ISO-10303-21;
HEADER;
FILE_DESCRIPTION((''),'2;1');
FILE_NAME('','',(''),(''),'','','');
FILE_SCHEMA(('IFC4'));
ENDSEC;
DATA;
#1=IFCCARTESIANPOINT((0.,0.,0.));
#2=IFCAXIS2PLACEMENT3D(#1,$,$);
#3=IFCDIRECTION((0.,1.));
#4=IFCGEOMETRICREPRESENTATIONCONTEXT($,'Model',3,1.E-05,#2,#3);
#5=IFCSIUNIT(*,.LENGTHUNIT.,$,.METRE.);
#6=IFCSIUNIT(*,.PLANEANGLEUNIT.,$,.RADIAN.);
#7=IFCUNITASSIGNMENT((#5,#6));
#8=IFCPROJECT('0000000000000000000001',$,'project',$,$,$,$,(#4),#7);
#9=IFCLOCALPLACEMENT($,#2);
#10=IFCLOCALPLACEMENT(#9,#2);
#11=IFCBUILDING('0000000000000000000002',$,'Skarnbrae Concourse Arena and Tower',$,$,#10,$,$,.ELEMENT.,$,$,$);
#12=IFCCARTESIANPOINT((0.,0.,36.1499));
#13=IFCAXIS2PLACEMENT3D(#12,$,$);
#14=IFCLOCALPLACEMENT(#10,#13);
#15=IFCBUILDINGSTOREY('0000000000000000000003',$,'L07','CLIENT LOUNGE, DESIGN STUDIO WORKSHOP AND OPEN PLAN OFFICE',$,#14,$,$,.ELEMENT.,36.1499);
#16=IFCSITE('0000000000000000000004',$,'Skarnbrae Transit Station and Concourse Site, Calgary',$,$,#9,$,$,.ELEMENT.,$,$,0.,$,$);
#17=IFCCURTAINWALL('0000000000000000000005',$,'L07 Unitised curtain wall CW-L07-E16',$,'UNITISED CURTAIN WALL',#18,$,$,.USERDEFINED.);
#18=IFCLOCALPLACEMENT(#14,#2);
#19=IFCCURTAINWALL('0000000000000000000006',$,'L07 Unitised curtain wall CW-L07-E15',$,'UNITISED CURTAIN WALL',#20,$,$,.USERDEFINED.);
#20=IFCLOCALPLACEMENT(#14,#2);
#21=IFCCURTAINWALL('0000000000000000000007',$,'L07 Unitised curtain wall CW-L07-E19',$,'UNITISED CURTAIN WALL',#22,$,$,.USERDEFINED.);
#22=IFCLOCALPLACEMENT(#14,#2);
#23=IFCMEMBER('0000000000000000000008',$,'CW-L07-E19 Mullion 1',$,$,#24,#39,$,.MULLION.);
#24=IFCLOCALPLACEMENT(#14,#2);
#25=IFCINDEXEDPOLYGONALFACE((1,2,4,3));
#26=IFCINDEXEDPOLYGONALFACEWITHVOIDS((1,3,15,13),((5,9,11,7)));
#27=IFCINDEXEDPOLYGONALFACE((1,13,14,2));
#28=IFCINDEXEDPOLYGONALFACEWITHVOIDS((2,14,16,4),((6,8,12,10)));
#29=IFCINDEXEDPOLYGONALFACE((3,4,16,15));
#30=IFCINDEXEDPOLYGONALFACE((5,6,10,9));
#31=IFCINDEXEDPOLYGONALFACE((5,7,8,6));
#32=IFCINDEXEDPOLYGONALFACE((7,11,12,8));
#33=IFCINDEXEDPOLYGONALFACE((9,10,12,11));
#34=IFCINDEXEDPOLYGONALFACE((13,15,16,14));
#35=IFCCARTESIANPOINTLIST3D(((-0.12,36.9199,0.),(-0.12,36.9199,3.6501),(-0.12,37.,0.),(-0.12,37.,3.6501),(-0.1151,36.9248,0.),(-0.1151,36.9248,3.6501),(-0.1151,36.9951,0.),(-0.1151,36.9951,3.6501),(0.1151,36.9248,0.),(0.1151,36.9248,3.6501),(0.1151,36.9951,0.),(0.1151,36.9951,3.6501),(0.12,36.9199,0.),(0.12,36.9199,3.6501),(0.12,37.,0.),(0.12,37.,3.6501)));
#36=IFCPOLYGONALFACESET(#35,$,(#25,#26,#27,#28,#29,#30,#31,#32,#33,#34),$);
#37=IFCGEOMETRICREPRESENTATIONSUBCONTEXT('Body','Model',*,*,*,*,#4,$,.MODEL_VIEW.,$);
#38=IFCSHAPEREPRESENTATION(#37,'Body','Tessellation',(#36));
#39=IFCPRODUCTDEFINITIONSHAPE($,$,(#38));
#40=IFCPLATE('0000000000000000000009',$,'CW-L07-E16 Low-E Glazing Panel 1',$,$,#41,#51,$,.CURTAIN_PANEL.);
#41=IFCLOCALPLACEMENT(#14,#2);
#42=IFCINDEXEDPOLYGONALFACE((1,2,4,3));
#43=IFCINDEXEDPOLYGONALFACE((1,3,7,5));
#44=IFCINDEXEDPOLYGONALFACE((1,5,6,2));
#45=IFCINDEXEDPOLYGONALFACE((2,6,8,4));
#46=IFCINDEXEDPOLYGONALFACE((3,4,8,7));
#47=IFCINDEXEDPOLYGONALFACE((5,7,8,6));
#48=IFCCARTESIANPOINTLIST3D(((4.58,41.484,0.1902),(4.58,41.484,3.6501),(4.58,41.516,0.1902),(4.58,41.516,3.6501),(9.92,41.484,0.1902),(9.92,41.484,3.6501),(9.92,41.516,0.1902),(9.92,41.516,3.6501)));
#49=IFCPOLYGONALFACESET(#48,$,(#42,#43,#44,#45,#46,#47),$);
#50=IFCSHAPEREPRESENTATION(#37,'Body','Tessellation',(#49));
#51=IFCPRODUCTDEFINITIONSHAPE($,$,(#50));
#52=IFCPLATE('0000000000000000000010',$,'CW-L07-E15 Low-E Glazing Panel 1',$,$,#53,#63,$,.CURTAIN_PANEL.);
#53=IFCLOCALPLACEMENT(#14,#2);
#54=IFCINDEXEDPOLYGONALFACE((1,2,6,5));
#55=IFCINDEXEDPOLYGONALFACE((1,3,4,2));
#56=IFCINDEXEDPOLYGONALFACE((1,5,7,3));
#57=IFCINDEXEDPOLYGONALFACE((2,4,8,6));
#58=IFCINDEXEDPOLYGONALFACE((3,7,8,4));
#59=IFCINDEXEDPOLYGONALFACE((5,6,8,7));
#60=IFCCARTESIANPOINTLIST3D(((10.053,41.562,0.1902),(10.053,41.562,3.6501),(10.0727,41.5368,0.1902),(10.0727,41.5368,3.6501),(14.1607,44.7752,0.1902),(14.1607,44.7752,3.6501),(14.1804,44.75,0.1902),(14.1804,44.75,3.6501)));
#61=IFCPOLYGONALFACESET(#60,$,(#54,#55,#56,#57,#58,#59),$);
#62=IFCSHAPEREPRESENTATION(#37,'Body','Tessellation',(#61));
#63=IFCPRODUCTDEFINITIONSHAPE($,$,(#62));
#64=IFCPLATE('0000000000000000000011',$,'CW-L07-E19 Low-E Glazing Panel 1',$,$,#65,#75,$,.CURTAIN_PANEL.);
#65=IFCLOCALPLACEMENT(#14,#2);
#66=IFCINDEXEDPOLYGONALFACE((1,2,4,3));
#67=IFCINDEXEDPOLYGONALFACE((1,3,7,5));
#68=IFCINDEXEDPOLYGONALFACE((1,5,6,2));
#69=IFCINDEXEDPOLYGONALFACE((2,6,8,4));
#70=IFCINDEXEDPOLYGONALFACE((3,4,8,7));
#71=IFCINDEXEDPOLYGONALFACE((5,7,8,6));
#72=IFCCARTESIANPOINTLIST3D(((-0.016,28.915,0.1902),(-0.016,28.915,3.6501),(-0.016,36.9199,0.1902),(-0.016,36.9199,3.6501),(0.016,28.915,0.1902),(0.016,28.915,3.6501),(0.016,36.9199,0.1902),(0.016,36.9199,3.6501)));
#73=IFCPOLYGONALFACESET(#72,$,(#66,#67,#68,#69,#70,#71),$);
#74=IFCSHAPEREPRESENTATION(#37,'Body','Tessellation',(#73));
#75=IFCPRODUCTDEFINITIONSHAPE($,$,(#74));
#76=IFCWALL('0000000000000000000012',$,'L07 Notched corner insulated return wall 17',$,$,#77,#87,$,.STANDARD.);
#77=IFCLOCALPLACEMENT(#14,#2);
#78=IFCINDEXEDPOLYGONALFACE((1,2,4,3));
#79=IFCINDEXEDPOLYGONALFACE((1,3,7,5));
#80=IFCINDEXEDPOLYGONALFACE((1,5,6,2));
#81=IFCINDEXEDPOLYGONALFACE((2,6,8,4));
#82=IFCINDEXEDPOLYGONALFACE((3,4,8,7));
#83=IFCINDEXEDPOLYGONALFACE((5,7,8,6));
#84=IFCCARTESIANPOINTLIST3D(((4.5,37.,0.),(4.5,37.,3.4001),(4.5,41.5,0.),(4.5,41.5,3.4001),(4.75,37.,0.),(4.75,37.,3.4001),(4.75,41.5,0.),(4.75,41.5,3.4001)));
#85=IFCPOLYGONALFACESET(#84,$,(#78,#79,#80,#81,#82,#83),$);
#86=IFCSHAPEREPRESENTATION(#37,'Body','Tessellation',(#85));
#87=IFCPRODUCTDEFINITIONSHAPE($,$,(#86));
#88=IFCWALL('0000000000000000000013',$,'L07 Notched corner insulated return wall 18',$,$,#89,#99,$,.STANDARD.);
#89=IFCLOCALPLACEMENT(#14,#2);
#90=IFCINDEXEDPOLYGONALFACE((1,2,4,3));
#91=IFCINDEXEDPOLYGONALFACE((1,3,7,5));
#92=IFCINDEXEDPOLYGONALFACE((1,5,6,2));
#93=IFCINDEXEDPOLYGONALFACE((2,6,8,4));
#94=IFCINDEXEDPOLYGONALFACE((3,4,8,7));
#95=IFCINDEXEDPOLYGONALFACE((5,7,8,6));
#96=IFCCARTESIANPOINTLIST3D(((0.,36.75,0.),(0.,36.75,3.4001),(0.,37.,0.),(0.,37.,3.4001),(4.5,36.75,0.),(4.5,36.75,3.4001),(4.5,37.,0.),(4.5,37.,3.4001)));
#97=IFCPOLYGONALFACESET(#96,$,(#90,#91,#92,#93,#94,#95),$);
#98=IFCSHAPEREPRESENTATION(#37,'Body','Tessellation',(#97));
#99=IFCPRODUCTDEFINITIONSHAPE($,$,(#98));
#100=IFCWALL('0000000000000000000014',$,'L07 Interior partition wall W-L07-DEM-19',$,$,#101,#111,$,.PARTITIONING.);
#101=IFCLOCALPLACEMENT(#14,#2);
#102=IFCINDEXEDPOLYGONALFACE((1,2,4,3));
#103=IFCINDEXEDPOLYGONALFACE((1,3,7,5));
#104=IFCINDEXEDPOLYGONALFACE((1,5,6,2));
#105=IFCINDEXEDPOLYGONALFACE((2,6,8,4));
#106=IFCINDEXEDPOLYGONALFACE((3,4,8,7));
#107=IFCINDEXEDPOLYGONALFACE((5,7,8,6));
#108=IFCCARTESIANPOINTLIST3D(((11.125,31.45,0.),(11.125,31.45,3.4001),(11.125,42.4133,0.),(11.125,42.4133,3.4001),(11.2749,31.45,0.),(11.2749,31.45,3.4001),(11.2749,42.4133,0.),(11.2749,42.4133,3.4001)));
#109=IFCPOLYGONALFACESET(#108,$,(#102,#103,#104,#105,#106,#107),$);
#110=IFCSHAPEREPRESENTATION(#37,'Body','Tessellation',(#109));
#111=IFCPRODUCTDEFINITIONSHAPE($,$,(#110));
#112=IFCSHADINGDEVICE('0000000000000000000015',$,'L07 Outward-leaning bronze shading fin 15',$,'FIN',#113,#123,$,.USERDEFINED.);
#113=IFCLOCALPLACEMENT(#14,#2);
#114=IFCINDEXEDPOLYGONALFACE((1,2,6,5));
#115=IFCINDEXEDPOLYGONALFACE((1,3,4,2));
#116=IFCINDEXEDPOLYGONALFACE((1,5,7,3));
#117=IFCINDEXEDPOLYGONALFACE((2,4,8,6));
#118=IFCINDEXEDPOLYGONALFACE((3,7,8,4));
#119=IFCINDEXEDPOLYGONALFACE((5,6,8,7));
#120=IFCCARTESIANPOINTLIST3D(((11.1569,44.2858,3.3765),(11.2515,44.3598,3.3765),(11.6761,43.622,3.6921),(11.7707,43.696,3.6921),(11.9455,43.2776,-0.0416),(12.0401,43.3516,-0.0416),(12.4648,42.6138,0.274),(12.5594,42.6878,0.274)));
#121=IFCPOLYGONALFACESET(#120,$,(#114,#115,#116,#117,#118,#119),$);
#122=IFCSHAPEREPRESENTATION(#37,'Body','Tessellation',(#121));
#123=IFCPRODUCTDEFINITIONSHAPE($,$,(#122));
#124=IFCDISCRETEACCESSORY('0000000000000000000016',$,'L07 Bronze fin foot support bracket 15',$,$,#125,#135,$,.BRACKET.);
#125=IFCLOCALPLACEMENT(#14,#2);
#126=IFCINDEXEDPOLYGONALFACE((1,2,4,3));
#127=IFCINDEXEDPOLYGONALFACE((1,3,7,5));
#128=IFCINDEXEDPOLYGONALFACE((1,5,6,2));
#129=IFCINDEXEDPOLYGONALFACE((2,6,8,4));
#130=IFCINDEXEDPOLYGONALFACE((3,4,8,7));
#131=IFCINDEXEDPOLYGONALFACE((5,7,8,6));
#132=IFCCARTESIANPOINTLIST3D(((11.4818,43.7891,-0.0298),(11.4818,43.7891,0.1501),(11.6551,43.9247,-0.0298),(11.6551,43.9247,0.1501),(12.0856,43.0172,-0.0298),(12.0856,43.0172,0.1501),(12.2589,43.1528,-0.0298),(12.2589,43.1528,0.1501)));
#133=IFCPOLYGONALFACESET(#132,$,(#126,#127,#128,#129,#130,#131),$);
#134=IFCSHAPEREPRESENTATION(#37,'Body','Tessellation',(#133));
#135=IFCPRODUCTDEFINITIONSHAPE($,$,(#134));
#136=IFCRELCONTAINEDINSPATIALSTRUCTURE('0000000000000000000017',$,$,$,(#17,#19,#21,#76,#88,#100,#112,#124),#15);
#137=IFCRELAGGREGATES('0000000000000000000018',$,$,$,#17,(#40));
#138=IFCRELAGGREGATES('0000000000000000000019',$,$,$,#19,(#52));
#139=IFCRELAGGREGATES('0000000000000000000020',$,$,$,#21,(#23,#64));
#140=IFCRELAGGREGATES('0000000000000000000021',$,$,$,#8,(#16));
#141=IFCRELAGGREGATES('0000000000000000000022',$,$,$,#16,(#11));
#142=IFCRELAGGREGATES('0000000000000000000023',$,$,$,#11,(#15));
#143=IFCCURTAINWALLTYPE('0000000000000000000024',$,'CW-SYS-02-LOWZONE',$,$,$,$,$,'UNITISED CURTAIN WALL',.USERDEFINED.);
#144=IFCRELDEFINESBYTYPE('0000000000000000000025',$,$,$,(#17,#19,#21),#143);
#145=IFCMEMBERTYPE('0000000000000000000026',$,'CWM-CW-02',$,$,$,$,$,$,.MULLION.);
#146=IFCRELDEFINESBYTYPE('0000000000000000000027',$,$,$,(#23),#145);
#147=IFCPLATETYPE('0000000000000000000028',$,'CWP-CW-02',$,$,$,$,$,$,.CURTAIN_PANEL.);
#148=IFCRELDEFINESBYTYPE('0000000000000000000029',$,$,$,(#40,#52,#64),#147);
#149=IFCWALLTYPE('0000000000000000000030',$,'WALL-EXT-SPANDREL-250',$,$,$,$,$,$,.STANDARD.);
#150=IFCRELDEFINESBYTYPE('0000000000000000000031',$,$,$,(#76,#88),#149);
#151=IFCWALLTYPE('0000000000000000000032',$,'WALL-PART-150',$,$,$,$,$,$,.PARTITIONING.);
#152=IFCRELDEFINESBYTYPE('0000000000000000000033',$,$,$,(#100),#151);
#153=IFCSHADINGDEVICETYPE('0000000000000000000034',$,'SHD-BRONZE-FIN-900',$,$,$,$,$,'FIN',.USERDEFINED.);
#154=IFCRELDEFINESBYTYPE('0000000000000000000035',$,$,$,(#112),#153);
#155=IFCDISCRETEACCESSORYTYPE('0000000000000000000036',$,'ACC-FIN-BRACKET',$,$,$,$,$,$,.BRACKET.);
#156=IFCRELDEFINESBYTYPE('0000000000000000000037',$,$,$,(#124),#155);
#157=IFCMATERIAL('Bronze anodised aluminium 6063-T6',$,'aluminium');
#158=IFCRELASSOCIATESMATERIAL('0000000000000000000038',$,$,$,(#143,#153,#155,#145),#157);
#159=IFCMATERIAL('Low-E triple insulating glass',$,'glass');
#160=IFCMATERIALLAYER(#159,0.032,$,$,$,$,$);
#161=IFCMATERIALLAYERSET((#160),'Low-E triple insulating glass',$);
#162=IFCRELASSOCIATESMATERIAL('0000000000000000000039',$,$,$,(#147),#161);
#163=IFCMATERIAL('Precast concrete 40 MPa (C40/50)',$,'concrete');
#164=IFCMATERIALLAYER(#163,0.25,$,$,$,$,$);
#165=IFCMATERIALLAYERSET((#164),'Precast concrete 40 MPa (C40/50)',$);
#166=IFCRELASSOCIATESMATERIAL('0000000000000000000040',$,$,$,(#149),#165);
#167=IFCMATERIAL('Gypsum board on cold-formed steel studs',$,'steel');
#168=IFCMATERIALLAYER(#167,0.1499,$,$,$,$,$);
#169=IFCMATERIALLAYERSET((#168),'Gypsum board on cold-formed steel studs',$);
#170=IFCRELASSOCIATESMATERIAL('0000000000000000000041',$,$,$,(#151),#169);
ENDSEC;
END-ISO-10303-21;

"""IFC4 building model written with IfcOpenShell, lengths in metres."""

from ifc_helpers import new_model, si_unit, direction, frame, frame_2d, origin, origin_2d, place, context, subcontext, project, spatial, rectangle, hollow_rectangle, extrude, source, transform, mapped, material, layer, layer_set, material_profile, profile_set, type_object, element, aggregate, save


model = new_model("IFC4")

# Units and contexts
model_context = context("Model", 3, precision=1e-05, world=origin(), true_north=direction((0.0, 1.0)))
body_context = subcontext(model_context, "Body", "Model", "MODEL_VIEW")
ifc_project = project(units=[si_unit("LENGTHUNIT", "METRE"), si_unit("PLANEANGLEUNIT", "RADIAN")], contexts=[model_context])

# Site, building, storey
site_placement = place(None, origin())
site = spatial("IfcSite", under=ifc_project, at=site_placement, Name="Skarnbrae Transit Station and Concourse Site, Calgary", CompositionType="ELEMENT", RefElevation=0.0)
building_placement = place(site_placement, origin())
building = spatial("IfcBuilding", under=site, at=building_placement, Name="Skarnbrae Concourse Arena and Tower", CompositionType="ELEMENT")
storey_placement = place(building_placement, frame((0.0, 0.0, 36.1499)))
storey = spatial("IfcBuildingStorey", under=building, at=storey_placement, Name="L07", Description="CLIENT LOUNGE, DESIGN STUDIO WORKSHOP AND OPEN PLAN OFFICE", CompositionType="ELEMENT", Elevation=36.1499)

# Curtain walls
ifc_material_1 = material(Name="Bronze anodised aluminium 6063-T6", Category="aluminium")
curtain_wall_type = type_object("IfcCurtainWallType", Name="CW-SYS-02-LOWZONE", ElementType="UNITISED CURTAIN WALL", PredefinedType="USERDEFINED", material=ifc_material_1)
curtain_wall_1_placement = place(storey_placement, origin())
curtain_wall_1 = element("IfcCurtainWall", 1, at=curtain_wall_1_placement, inside=storey, type_object=curtain_wall_type, Name="L07 Unitised curtain wall CW-L07-E16", ObjectType="UNITISED CURTAIN WALL", PredefinedType="USERDEFINED")
curtain_wall_2_placement = place(storey_placement, origin())
curtain_wall_2 = element("IfcCurtainWall", 2, at=curtain_wall_2_placement, inside=storey, type_object=curtain_wall_type, Name="L07 Unitised curtain wall CW-L07-E15", ObjectType="UNITISED CURTAIN WALL", PredefinedType="USERDEFINED")
curtain_wall_3_placement = place(storey_placement, origin())
curtain_wall_3 = element("IfcCurtainWall", 3, at=curtain_wall_3_placement, inside=storey, type_object=curtain_wall_type, Name="L07 Unitised curtain wall CW-L07-E19", ObjectType="UNITISED CURTAIN WALL", PredefinedType="USERDEFINED")
ifc_material_profile_1 = material_profile(ifc_material_1, hollow_rectangle(XDim=0.0801, YDim=0.24, WallThickness=0.0049, at=origin_2d()), Name="ALU-MULL-80X240")
ifc_profile_set_1 = profile_set([ifc_material_profile_1], Name="Bronze anodised aluminium 6063-T6")
member_type_1 = type_object("IfcMemberType", Name="CWM-CW-02", PredefinedType="MULLION", material=ifc_profile_set_1)
shared_shape_1 = source(origin(), body_context, "Body", "SweptSolid", [
    extrude(hollow_rectangle(XDim=0.0801, YDim=0.24, WallThickness=0.0049, at=origin_2d()), origin(), (0.0, 0.0, 1.0), 3.6501),
])

# Member
member_1_placement = place(storey_placement, frame((0.0, 36.96, 0.0), z_axis=(0.0, 0.0, 1.0), x_axis=(0.0, -1.0, 0.0)))
member_1 = element("IfcMember", 4, at=member_1_placement, type_object=member_type_1, Name="CW-L07-E19 Mullion 1", PredefinedType="MULLION", context=body_context, shape_type="MappedRepresentation", body=[
    mapped(shared_shape_1, transform((0.0, 0.0, 0.0))),
])

# Plates
ifc_material_2 = material(Name="Low-E triple insulating glass", Category="glass")
ifc_layer_1 = layer(ifc_material_2, 0.032)
ifc_layer_set_1 = layer_set([ifc_layer_1], Name="Low-E triple insulating glass")
plate_type = type_object("IfcPlateType", Name="CWP-CW-02", PredefinedType="CURTAIN_PANEL", material=ifc_layer_set_1)
shared_shape_2 = source(origin(), body_context, "Body", "SweptSolid", [
    extrude(rectangle(XDim=5.3401, YDim=0.032, at=origin_2d()), origin(), (0.0, 0.0, 1.0), 3.46),
])
plate_1_placement = place(storey_placement, frame((7.25, 41.5, 0.1902), z_axis=(0.0, 0.0, 1.0), x_axis=(-1.0, 0.0, 0.0)))
plate_1 = element("IfcPlate", 5, at=plate_1_placement, type_object=plate_type, Name="CW-L07-E16 Low-E Glazing Panel 1", PredefinedType="CURTAIN_PANEL", context=body_context, shape_type="MappedRepresentation", body=[
    mapped(shared_shape_2, transform((0.0, 0.0, 0.0))),
])
aggregate(curtain_wall_1, [plate_1])
shared_shape_3 = source(origin(), body_context, "Body", "SweptSolid", [
    extrude(rectangle(XDim=5.2151, YDim=0.032, at=origin_2d()), origin(), (0.0, 0.0, 1.0), 3.46),
])
plate_2_placement = place(storey_placement, frame((12.1167, 43.156, 0.1902), z_axis=(0.0, 0.0, 1.0), x_axis=(-0.787652, -0.616121, 0.0)))
plate_2 = element("IfcPlate", 6, at=plate_2_placement, type_object=plate_type, Name="CW-L07-E15 Low-E Glazing Panel 1", PredefinedType="CURTAIN_PANEL", context=body_context, shape_type="MappedRepresentation", body=[
    mapped(shared_shape_3, transform((0.0, 0.0, 0.0))),
])
aggregate(curtain_wall_2, [plate_2])
shared_shape_4 = source(origin(), body_context, "Body", "SweptSolid", [
    extrude(rectangle(XDim=8.0049, YDim=0.032, at=origin_2d()), origin(), (0.0, 0.0, 1.0), 3.46),
])
plate_3_placement = place(storey_placement, frame((0.0, 32.9175, 0.1902), z_axis=(0.0, 0.0, 1.0), x_axis=(0.0, -1.0, 0.0)))
plate_3 = element("IfcPlate", 7, at=plate_3_placement, type_object=plate_type, Name="CW-L07-E19 Low-E Glazing Panel 1", PredefinedType="CURTAIN_PANEL", context=body_context, shape_type="MappedRepresentation", body=[
    mapped(shared_shape_4, transform((0.0, 0.0, 0.0))),
])
aggregate(curtain_wall_3, [member_1, plate_3])

# Walls
ifc_material_3 = material(Name="Precast concrete 40 MPa (C40/50)", Category="concrete")
ifc_layer_2 = layer(ifc_material_3, 0.25)
ifc_layer_set_2 = layer_set([ifc_layer_2], Name="Precast concrete 40 MPa (C40/50)")
wall_type_1 = type_object("IfcWallType", Name="WALL-EXT-SPANDREL-250", PredefinedType="STANDARD", material=ifc_layer_set_2)
shared_shape_5 = source(origin(), body_context, "Body", "SweptSolid", [
    extrude(rectangle(XDim=4.5, YDim=0.25, at=frame_2d((2.25, 0.0))), origin(), (0.0, 0.0, 1.0), 3.4001),
])
for number, where, z_axis, x_axis, name in (
    (8, (4.625, 41.5, 0.0), (0.0, 0.0, 1.0), (0.0, -1.0, 0.0), "L07 Notched corner insulated return wall 17"),
    (9, (4.5, 36.875, 0.0), (0.0, 0.0, 1.0), (-1.0, 0.0, 0.0), "L07 Notched corner insulated return wall 18"),
):
    element("IfcWall", number, at=place(storey_placement, frame(where, z_axis=z_axis, x_axis=x_axis)), inside=storey, type_object=wall_type_1, Name=name, PredefinedType="STANDARD", context=body_context, shape_type="MappedRepresentation", body=[
        mapped(shared_shape_5, transform((0.0, 0.0, 0.0))),
    ])
ifc_material_4 = material(Name="Gypsum board on cold-formed steel studs", Category="steel")
ifc_layer_3 = layer(ifc_material_4, 0.1499)
ifc_layer_set_3 = layer_set([ifc_layer_3], Name="Gypsum board on cold-formed steel studs")
wall_type_2 = type_object("IfcWallType", Name="WALL-PART-150", PredefinedType="PARTITIONING", material=ifc_layer_set_3)
shared_shape_6 = source(origin(), body_context, "Body", "SweptSolid", [
    extrude(rectangle(XDim=10.9634, YDim=0.1499, at=frame_2d((5.4817, 0.0))), origin(), (0.0, 0.0, 1.0), 3.4001),
])
wall_placement = place(storey_placement, frame((11.2, 42.4133, 0.0), z_axis=(0.0, 0.0, 1.0), x_axis=(0.0, -1.0, 0.0)))
element("IfcWall", 10, at=wall_placement, inside=storey, type_object=wall_type_2, Name="L07 Interior partition wall W-L07-DEM-19", PredefinedType="PARTITIONING", context=body_context, shape_type="MappedRepresentation", body=[
    mapped(shared_shape_6, transform((0.0, 0.0, 0.0))),
])

# Shading device
shading_device_type = type_object("IfcShadingDeviceType", Name="SHD-BRONZE-FIN-900", ElementType="FIN", PredefinedType="USERDEFINED", material=ifc_material_1)
shared_shape_7 = source(origin(), body_context, "Body", "SweptSolid", [
    extrude(rectangle(XDim=0.1201, YDim=0.8999, at=origin_2d()), origin(), (0.0, 0.0, 1.0), 3.6499),
])
shading_device_placement = place(storey_placement, frame((12.2524, 42.9827, 0.1162), z_axis=(-0.21607, 0.276229, 0.936489), x_axis=(0.787656, 0.616115, 0.0)))
element("IfcShadingDevice", 11, at=shading_device_placement, inside=storey, type_object=shading_device_type, Name="L07 Outward-leaning bronze shading fin 15", ObjectType="FIN", PredefinedType="USERDEFINED", context=body_context, shape_type="MappedRepresentation", body=[
    mapped(shared_shape_7, transform((0.0, 0.0, 0.0))),
])

# Discrete accessory
discrete_accessory_type = type_object("IfcDiscreteAccessoryType", Name="ACC-FIN-BRACKET", PredefinedType="BRACKET", material=ifc_material_1)
shared_shape_8 = source(origin(), body_context, "Body", "SweptSolid", [
    extrude(rectangle(XDim=0.22, YDim=0.98, at=origin_2d()), origin(), (0.0, 0.0, 1.0), 0.1799),
])
discrete_accessory_placement = place(storey_placement, frame((11.8704, 43.4709, -0.0298), z_axis=(0.0, 0.0, 1.0), x_axis=(0.787656, 0.616115, 0.0)))
element("IfcDiscreteAccessory", 12, at=discrete_accessory_placement, inside=storey, type_object=discrete_accessory_type, Name="L07 Bronze fin foot support bracket 15", PredefinedType="BRACKET", context=body_context, shape_type="MappedRepresentation", body=[
    mapped(shared_shape_8, transform((0.0, 0.0, 0.0))),
])

save(model, "model.ifc")
